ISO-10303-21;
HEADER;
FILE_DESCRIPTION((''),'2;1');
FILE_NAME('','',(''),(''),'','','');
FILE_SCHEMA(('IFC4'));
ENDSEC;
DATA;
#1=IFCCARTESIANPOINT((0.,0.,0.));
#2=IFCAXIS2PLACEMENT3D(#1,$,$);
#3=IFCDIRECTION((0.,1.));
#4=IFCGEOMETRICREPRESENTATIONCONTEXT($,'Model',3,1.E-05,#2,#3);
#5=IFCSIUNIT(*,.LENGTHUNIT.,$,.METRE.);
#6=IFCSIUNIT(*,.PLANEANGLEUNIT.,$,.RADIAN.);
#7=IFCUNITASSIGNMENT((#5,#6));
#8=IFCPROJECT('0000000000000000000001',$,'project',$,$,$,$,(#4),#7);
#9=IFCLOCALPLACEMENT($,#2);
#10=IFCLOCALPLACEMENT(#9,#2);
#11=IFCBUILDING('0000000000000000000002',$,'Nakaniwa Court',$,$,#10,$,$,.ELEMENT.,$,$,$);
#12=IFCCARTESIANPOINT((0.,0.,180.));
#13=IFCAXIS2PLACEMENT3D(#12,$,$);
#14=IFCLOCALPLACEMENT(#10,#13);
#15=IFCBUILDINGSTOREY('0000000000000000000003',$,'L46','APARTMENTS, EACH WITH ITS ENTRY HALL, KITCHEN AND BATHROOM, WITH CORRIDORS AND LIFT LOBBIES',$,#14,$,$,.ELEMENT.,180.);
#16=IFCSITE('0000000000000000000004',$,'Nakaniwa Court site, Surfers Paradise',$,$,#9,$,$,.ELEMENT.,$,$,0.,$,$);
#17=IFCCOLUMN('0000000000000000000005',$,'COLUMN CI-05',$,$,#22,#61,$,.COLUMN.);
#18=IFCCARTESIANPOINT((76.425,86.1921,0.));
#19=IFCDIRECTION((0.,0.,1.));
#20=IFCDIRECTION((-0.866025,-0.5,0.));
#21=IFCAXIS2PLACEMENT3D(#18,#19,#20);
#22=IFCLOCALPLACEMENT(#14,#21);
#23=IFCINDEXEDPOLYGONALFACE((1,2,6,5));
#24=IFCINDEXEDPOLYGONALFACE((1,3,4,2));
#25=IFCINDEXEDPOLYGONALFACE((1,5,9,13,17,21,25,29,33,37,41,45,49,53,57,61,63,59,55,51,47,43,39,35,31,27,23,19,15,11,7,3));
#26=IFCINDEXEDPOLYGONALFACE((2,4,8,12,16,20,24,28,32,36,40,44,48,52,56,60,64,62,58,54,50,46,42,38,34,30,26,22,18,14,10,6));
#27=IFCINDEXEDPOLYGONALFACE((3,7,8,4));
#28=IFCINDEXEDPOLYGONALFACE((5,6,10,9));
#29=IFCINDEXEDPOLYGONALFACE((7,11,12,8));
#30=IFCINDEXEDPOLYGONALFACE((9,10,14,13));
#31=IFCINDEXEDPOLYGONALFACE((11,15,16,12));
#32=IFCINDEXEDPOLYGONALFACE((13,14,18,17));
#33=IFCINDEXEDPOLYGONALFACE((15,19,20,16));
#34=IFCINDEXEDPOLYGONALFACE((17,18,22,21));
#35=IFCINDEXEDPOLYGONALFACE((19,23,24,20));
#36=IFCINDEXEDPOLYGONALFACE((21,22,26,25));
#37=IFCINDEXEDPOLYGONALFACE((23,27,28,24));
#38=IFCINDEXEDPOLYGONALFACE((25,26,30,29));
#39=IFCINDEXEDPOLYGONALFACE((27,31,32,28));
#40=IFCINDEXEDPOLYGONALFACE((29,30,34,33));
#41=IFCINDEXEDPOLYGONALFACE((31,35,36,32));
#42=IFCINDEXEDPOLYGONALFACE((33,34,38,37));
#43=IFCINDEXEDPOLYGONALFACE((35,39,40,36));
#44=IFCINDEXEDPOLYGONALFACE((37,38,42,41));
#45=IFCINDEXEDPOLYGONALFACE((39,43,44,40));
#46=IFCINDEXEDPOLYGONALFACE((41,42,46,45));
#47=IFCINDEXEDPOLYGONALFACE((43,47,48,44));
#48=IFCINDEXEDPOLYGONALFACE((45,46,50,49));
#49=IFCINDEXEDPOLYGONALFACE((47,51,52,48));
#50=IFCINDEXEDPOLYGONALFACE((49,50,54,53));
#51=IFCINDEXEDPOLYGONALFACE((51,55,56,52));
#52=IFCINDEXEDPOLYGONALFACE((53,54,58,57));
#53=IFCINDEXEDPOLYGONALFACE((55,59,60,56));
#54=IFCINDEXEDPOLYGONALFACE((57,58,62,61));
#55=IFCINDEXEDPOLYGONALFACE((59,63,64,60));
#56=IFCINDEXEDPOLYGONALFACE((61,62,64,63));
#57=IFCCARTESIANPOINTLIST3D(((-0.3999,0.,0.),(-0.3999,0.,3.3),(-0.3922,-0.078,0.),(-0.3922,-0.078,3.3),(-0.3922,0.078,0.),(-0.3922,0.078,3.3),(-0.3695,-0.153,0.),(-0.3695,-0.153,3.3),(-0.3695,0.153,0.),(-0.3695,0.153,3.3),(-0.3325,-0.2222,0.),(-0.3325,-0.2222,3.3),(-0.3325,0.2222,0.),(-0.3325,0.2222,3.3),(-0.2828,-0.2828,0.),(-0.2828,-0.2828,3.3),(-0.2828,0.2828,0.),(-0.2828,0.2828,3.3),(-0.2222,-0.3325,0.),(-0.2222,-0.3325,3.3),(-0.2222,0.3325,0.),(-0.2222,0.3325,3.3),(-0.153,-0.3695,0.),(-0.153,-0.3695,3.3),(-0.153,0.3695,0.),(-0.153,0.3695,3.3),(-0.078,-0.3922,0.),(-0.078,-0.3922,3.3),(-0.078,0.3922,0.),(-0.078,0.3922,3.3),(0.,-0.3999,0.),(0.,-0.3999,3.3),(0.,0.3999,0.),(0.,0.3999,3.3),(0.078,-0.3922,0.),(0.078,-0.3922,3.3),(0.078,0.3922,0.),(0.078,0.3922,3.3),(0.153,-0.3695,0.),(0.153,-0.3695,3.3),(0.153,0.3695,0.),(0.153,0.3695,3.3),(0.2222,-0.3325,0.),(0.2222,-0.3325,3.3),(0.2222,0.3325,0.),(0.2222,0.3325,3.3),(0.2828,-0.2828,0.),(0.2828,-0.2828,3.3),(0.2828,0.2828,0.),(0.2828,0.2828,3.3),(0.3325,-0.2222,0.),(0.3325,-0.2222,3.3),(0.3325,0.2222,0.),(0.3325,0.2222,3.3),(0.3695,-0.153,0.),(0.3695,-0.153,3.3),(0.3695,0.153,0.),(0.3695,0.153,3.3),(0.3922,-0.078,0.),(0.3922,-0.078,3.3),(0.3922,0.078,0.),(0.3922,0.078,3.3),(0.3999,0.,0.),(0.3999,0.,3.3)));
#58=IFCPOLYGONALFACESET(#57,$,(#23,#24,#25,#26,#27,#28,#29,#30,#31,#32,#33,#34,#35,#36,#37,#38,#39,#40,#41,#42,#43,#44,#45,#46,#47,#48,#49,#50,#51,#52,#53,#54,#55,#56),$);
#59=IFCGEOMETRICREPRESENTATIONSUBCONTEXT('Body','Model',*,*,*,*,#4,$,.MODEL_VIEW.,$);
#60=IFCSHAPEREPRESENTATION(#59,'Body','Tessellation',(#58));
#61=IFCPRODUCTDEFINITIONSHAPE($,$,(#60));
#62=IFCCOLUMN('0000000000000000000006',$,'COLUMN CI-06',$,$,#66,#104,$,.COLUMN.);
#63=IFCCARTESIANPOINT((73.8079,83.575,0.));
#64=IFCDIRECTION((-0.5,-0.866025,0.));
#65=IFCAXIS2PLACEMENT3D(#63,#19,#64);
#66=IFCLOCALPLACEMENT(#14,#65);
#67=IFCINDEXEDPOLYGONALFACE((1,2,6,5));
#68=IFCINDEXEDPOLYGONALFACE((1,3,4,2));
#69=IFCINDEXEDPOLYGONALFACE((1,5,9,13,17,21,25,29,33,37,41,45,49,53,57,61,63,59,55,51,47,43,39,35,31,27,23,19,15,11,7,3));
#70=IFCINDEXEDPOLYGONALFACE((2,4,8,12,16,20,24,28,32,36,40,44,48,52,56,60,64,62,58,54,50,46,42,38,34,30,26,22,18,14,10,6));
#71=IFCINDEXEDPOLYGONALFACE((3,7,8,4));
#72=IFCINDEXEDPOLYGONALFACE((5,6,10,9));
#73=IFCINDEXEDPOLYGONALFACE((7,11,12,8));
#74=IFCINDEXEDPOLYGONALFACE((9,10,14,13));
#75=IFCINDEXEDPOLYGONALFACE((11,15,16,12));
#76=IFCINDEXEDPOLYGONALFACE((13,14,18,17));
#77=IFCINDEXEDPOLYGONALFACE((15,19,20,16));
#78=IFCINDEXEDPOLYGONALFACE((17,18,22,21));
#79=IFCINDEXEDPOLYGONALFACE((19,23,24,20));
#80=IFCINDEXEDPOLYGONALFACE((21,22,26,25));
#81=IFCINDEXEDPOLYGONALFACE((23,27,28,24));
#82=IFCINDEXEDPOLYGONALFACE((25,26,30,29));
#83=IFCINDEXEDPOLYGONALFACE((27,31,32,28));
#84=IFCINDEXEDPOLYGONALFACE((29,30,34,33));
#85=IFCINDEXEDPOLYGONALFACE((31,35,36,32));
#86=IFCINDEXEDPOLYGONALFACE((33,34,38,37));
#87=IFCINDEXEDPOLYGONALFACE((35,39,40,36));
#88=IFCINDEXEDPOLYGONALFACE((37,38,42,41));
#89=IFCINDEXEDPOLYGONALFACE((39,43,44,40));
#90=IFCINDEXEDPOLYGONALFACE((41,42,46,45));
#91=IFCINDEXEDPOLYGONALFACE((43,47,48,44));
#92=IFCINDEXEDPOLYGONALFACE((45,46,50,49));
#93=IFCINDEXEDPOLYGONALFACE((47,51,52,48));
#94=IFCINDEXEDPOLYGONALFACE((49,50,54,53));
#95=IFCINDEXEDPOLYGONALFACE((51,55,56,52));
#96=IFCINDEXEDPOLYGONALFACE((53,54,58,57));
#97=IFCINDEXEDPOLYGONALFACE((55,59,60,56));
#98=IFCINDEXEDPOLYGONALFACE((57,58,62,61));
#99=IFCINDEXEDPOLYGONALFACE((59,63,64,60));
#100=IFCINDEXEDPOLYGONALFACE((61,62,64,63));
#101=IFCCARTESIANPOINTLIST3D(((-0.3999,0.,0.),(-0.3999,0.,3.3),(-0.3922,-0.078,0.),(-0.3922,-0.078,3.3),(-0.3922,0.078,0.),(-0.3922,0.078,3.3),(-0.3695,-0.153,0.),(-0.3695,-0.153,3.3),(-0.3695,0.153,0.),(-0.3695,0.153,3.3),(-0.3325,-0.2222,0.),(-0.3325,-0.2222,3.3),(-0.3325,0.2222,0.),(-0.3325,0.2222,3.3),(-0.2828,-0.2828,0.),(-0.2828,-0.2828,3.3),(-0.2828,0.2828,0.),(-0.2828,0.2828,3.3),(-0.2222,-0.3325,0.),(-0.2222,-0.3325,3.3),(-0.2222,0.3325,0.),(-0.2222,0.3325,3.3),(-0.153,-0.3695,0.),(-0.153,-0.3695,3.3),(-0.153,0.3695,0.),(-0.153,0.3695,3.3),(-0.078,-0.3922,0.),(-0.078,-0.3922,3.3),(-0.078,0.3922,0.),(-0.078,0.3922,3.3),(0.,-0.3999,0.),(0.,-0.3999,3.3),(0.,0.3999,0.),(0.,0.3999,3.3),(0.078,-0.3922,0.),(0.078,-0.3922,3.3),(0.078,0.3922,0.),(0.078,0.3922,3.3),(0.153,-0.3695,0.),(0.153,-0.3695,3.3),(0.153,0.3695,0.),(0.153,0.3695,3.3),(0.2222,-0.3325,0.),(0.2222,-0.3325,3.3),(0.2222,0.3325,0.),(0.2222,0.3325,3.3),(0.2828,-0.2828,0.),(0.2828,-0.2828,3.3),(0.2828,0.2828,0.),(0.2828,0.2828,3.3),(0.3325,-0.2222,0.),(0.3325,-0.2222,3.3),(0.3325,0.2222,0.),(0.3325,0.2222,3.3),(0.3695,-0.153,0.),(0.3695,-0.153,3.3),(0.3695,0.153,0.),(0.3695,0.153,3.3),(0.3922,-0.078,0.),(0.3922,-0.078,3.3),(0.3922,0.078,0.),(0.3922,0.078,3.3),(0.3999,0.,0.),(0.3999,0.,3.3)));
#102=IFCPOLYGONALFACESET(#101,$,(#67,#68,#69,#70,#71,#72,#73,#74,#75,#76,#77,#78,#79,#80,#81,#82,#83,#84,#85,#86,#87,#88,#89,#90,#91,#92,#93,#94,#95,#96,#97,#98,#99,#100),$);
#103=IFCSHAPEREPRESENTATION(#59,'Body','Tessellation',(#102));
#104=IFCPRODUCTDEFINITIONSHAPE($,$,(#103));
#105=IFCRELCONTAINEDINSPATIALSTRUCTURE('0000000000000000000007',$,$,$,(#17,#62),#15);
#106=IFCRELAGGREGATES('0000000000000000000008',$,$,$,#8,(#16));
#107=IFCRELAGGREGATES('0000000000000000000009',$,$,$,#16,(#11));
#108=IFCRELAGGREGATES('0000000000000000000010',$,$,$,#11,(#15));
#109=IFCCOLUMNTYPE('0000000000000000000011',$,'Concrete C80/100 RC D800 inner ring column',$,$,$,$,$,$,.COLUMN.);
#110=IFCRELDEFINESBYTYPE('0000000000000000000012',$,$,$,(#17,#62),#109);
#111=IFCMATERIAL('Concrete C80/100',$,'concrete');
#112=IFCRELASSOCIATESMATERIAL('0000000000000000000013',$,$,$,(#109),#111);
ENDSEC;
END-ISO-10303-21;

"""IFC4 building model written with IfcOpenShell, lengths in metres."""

from ifc_helpers import new_model, si_unit, direction, frame, origin, origin_2d, place, context, subcontext, project, spatial, circle, extrude, material, material_profile, profile_set, type_object, element, save


model = new_model("IFC4")

# Units and contexts
model_context = context("Model", 3, precision=1e-05, world=origin(), true_north=direction((0.0, 1.0)))
body_context = subcontext(model_context, "Body", "Model", "MODEL_VIEW")
ifc_project = project(units=[si_unit("LENGTHUNIT", "METRE"), si_unit("PLANEANGLEUNIT", "RADIAN")], contexts=[model_context])

# Site, building, storey
site_placement = place(None, origin())
site = spatial("IfcSite", under=ifc_project, at=site_placement, Name="Nakaniwa Court site, Surfers Paradise", CompositionType="ELEMENT", RefElevation=0.0)
building_placement = place(site_placement, origin())
building = spatial("IfcBuilding", under=site, at=building_placement, Name="Nakaniwa Court", CompositionType="ELEMENT")
storey_placement = place(building_placement, frame((0.0, 0.0, 180.0)))
storey = spatial("IfcBuildingStorey", under=building, at=storey_placement, Name="L46", Description="APARTMENTS, EACH WITH ITS ENTRY HALL, KITCHEN AND BATHROOM, WITH CORRIDORS AND LIFT LOBBIES", CompositionType="ELEMENT", Elevation=180.0)

# Columns
ifc_material_1 = material(Name="Concrete C80/100", Category="concrete")
ifc_material_profile_1 = material_profile(ifc_material_1, circle(Radius=0.3999, at=origin_2d()), Name="Concrete C80/100 RC D800 inner ring column")
ifc_profile_set_1 = profile_set([ifc_material_profile_1], Name="Concrete C80/100")
column_type = type_object("IfcColumnType", Name="Concrete C80/100 RC D800 inner ring column", PredefinedType="COLUMN", material=ifc_profile_set_1)
for number, where, z_axis, x_axis, name in (
    (1, (76.425, 86.1921, 0.0), (0.0, 0.0, 1.0), (-0.866025, -0.5, 0.0), "COLUMN CI-05"),
    (2, (73.8079, 83.575, 0.0), (0.0, 0.0, 1.0), (-0.5, -0.866025, 0.0), "COLUMN CI-06"),
):
    element("IfcColumn", number, at=place(storey_placement, frame(where, z_axis=z_axis, x_axis=x_axis)), inside=storey, type_object=column_type, Name=name, PredefinedType="COLUMN", context=body_context, shape_type="SweptSolid", body=[
        extrude(circle(Radius=0.3999, at=origin_2d()), origin(), (0.0, 0.0, 1.0), 3.3),
    ])

save(model, "model.ifc")
